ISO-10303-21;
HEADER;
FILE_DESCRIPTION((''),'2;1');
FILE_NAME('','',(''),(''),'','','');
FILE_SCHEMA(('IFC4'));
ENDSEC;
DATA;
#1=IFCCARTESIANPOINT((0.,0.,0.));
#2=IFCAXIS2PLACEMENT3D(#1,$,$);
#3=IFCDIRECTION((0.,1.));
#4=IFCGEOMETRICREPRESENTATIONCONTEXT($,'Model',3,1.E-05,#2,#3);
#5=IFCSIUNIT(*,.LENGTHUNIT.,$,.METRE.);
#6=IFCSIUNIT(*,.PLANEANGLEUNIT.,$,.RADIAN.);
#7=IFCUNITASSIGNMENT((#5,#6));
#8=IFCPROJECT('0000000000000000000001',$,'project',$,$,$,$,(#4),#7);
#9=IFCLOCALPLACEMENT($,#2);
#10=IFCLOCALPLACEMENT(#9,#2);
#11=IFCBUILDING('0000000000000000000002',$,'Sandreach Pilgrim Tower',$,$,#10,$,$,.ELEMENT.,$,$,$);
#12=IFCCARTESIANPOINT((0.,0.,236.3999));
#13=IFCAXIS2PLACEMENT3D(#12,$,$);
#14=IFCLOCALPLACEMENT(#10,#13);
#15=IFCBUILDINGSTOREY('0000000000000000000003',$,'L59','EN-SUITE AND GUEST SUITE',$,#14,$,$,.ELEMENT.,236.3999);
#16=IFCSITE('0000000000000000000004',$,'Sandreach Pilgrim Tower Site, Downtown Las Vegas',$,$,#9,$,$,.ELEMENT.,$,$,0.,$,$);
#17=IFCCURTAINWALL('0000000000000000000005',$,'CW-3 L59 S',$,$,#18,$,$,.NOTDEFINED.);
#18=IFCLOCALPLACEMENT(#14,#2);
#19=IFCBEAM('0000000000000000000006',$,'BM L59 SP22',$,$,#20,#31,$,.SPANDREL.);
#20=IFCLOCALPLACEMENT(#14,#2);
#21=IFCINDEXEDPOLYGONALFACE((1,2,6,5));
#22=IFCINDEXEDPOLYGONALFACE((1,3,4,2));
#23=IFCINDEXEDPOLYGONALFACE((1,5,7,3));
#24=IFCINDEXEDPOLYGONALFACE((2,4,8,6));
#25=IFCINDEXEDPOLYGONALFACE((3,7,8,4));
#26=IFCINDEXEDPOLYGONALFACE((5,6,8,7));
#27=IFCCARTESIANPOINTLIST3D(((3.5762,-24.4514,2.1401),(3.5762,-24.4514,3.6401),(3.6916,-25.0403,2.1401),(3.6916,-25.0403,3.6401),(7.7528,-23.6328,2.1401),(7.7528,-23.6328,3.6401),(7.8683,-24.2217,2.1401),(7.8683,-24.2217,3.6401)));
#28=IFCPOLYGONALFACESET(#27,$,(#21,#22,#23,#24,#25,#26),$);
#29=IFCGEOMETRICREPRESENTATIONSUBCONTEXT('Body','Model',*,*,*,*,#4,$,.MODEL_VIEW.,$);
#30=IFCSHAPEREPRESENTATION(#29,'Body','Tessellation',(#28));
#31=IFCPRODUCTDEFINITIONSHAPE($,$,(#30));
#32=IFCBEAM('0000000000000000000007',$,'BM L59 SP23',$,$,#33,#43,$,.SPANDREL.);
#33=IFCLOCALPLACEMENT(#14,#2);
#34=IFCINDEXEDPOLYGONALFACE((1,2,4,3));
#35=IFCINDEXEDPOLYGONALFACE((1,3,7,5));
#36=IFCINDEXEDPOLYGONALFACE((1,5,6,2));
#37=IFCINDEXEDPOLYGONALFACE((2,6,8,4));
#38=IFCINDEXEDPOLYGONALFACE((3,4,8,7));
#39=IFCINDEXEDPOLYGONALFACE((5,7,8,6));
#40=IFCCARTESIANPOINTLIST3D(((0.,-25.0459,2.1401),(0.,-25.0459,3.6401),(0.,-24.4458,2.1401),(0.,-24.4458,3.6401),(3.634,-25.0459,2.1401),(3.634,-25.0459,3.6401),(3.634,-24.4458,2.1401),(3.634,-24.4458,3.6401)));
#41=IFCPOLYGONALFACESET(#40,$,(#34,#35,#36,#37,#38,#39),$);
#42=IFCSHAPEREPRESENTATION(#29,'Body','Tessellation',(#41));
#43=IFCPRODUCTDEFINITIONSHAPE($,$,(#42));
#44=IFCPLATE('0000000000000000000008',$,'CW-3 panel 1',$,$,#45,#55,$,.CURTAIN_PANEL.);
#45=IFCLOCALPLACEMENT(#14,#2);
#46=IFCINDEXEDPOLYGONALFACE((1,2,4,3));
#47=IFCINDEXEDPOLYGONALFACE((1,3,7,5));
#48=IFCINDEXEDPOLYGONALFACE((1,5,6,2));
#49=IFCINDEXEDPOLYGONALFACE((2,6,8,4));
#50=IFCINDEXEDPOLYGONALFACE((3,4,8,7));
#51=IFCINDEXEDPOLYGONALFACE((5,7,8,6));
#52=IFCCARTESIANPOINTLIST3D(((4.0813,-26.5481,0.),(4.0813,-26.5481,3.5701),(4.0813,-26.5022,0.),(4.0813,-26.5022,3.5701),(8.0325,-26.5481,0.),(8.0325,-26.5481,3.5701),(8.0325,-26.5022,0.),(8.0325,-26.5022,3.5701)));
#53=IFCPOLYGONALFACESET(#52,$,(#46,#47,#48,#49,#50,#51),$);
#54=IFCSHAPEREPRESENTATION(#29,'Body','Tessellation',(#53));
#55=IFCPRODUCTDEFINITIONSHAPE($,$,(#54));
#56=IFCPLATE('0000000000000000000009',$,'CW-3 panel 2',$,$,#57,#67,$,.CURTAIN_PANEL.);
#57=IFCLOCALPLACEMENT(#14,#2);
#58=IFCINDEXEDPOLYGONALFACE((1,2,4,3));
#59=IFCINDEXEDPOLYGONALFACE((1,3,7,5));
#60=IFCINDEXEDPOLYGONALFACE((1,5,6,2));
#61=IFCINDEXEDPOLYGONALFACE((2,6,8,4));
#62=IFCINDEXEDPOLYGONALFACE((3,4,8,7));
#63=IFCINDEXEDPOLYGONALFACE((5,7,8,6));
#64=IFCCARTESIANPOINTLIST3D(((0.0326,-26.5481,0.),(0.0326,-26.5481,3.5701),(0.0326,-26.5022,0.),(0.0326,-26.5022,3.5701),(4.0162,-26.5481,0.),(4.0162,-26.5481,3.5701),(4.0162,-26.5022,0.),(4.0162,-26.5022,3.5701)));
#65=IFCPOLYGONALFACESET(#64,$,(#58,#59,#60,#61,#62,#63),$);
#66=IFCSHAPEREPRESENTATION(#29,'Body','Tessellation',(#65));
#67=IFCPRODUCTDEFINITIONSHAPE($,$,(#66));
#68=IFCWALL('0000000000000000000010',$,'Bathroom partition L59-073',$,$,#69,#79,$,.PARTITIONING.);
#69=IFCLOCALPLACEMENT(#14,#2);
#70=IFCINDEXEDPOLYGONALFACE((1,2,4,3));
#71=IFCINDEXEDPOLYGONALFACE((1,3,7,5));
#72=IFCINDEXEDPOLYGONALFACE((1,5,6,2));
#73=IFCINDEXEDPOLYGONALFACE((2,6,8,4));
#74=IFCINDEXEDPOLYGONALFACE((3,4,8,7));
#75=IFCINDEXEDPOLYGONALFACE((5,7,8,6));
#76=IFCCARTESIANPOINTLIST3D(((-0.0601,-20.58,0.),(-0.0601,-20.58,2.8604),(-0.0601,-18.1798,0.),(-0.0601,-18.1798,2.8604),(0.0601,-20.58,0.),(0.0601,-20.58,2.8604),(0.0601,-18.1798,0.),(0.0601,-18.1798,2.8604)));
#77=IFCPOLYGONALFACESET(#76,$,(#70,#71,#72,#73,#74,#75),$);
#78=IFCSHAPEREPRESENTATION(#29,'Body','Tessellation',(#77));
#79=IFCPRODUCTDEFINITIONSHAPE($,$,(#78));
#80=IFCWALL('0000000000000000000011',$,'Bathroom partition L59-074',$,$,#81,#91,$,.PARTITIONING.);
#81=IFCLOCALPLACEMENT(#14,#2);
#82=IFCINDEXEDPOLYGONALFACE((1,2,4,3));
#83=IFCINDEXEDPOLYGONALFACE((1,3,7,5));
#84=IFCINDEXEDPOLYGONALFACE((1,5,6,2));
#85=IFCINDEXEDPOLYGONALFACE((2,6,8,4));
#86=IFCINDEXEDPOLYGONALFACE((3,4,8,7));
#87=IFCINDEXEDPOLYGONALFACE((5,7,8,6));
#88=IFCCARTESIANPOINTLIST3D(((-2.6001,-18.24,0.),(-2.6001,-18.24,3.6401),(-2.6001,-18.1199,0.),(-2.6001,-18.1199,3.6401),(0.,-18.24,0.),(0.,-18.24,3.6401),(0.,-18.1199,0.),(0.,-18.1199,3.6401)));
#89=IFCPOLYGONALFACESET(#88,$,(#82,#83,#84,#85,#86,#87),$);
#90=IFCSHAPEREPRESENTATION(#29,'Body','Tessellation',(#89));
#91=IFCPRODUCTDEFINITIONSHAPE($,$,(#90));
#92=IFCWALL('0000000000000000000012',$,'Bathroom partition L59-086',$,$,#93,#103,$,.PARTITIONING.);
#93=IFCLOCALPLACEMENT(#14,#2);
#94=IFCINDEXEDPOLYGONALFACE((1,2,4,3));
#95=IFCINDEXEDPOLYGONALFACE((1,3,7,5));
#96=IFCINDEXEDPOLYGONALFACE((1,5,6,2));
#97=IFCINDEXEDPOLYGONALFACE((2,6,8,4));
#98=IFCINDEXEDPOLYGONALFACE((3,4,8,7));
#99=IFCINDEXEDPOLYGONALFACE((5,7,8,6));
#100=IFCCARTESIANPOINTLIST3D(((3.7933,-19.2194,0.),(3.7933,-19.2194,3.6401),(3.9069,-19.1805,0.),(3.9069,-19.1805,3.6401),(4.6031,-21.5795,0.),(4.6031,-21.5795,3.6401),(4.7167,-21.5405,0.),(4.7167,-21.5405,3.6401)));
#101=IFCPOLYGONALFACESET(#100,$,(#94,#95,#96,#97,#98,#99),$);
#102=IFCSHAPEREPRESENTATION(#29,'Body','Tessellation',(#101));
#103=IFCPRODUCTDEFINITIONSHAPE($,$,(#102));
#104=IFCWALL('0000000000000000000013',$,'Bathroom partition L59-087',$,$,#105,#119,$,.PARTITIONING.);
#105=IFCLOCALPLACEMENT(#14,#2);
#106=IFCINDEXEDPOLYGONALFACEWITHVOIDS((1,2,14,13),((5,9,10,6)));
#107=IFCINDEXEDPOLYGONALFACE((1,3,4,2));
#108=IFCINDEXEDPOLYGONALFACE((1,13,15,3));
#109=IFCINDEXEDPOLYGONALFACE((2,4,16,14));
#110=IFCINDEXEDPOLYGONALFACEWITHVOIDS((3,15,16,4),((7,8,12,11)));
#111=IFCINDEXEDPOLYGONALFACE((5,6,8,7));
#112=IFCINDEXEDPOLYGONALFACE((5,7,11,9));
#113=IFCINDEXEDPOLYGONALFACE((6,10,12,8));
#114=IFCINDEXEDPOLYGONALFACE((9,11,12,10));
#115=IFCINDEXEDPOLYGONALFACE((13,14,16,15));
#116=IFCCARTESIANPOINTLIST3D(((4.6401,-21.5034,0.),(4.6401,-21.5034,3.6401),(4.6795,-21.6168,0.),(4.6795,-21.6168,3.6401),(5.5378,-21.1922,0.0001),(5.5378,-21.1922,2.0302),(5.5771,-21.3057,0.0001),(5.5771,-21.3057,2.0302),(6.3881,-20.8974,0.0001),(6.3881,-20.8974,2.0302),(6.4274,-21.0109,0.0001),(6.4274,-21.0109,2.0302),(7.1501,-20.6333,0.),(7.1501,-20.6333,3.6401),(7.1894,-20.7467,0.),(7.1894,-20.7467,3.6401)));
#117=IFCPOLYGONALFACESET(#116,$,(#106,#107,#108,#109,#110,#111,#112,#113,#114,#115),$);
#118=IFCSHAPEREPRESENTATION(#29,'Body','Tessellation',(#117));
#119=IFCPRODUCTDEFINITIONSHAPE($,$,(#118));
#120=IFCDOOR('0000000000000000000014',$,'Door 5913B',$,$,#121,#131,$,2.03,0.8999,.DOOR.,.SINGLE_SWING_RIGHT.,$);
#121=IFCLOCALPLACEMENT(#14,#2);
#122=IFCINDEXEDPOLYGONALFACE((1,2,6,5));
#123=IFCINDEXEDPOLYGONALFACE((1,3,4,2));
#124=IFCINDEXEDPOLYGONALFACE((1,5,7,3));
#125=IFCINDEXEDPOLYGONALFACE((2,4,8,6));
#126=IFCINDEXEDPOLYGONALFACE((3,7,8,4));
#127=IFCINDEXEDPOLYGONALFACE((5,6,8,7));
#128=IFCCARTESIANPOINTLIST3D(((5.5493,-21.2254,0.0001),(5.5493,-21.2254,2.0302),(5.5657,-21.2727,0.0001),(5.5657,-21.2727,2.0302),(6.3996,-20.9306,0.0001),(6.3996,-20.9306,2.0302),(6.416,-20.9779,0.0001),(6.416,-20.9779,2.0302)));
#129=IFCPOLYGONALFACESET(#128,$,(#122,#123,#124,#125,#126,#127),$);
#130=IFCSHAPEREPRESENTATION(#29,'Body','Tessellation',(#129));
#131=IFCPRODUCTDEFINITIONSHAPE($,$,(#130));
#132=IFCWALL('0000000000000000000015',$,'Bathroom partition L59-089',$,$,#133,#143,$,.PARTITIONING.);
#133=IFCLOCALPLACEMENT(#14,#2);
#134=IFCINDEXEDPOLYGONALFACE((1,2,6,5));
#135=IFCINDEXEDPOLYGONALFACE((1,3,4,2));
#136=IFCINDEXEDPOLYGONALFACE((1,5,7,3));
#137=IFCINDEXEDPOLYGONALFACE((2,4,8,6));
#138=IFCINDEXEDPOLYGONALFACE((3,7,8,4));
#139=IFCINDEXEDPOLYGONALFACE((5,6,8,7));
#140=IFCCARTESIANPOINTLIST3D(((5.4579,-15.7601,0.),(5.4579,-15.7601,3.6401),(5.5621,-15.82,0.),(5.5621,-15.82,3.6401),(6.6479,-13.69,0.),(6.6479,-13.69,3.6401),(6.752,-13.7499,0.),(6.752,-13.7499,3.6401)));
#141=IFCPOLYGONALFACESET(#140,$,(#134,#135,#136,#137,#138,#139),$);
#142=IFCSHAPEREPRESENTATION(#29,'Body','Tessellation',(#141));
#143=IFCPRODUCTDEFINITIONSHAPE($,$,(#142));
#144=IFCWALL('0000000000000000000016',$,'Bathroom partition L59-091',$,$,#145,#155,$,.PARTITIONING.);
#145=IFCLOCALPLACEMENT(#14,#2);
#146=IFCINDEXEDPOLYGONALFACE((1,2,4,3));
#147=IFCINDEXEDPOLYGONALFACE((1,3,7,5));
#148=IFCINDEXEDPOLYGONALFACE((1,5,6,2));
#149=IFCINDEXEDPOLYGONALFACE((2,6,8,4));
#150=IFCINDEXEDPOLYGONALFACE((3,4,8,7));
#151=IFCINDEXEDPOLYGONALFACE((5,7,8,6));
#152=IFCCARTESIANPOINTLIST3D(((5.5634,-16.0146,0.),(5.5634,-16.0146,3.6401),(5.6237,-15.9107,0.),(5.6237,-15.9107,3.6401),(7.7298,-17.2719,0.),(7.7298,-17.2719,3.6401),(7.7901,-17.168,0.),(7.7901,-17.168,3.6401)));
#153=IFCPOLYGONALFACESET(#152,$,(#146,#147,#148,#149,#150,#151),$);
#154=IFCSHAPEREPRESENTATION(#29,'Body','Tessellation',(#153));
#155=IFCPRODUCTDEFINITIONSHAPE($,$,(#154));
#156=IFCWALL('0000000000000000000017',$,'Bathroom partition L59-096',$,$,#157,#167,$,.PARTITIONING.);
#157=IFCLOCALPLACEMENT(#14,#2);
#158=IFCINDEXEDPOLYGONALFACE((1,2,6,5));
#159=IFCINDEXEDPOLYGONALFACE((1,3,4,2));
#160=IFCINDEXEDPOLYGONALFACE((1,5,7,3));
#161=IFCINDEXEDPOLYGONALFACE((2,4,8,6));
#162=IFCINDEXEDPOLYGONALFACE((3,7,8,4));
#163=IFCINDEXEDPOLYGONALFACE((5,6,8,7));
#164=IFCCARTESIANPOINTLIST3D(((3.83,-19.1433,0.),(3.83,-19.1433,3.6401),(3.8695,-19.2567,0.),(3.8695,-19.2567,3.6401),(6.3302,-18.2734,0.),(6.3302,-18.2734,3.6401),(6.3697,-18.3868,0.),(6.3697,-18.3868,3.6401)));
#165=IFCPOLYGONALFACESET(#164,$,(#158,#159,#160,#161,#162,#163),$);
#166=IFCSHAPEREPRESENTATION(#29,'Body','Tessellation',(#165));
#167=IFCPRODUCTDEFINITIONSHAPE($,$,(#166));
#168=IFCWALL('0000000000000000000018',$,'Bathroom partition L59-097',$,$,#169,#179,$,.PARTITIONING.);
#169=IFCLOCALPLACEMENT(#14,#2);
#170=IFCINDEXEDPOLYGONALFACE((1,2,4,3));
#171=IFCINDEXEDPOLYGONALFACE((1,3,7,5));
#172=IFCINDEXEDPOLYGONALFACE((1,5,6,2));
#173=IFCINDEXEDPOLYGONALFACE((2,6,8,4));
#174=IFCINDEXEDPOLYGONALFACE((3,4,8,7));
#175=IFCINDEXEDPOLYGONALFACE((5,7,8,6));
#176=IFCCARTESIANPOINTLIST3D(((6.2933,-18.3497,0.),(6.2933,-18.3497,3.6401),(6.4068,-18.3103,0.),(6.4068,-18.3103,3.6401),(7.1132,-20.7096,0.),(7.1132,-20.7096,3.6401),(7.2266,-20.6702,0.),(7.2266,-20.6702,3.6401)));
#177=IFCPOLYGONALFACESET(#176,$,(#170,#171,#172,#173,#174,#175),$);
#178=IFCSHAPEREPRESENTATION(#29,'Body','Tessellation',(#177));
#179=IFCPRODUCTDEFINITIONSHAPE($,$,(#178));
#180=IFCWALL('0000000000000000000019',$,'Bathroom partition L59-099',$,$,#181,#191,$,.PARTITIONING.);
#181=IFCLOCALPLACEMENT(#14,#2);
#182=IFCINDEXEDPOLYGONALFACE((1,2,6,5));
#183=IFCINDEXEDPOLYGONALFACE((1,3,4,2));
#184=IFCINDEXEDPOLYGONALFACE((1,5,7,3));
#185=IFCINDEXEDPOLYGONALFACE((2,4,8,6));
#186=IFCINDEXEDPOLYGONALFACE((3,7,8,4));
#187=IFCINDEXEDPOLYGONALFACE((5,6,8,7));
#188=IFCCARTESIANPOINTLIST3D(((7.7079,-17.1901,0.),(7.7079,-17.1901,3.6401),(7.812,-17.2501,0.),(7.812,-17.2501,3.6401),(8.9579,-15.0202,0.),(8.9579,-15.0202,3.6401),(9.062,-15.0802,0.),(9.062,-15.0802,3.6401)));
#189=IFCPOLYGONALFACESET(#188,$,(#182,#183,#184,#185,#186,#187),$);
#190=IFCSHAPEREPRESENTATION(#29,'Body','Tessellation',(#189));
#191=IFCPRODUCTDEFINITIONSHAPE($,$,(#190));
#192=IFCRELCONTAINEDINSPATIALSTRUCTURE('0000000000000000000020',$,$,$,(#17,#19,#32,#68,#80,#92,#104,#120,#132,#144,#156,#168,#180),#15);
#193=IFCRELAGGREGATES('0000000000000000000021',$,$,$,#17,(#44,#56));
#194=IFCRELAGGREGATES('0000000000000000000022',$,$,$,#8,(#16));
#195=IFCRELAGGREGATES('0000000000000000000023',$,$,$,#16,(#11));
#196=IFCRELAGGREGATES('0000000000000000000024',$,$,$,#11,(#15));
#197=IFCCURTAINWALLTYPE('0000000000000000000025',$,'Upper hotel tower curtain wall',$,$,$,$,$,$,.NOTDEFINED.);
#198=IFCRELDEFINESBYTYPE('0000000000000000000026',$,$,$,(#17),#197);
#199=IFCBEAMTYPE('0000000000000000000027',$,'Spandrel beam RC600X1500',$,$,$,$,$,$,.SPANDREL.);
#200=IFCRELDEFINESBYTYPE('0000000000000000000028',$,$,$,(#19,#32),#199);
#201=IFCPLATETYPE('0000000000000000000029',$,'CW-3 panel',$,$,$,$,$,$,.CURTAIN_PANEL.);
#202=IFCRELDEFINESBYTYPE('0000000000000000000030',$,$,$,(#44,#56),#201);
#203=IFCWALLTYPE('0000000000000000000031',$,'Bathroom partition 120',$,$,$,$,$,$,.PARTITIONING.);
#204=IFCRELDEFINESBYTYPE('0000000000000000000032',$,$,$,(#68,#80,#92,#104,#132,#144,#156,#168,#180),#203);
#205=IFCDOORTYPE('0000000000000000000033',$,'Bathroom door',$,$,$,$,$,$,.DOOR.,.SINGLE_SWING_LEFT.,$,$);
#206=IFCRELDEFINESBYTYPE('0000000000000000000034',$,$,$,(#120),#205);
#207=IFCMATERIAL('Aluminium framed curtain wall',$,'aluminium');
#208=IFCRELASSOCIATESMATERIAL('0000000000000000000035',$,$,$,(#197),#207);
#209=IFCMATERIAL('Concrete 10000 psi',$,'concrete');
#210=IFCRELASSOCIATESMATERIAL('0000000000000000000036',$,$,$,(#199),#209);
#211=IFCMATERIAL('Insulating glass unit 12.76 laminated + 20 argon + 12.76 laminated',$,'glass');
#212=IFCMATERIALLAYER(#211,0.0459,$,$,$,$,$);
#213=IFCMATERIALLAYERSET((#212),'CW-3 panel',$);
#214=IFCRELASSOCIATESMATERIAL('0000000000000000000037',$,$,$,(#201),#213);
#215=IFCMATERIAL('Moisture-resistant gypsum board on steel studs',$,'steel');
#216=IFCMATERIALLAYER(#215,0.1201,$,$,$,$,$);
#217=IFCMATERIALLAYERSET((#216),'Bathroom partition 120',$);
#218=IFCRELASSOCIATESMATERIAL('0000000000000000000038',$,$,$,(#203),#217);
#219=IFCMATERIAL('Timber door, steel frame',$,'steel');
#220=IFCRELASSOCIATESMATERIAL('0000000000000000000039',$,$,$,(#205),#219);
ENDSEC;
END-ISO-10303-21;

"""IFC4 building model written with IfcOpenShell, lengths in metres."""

from ifc_helpers import new_model, si_unit, direction, frame, frame_2d, origin, origin_2d, place, context, subcontext, project, spatial, rectangle, extrude, material, layer, layer_set, material_profile, profile_set, type_object, element, fill, aggregate, save


model = new_model("IFC4")

# Units and contexts
model_context = context("Model", 3, precision=1e-05, world=origin(), true_north=direction((0.0, 1.0)))
body_context = subcontext(model_context, "Body", "Model", "MODEL_VIEW")
ifc_project = project(units=[si_unit("LENGTHUNIT", "METRE"), si_unit("PLANEANGLEUNIT", "RADIAN")], contexts=[model_context])

# Site, building, storey
site_placement = place(None, origin())
site = spatial("IfcSite", under=ifc_project, at=site_placement, Name="Sandreach Pilgrim Tower Site, Downtown Las Vegas", CompositionType="ELEMENT", RefElevation=0.0)
building_placement = place(site_placement, origin())
building = spatial("IfcBuilding", under=site, at=building_placement, Name="Sandreach Pilgrim Tower", CompositionType="ELEMENT")
storey_placement = place(building_placement, frame((0.0, 0.0, 236.3999)))
storey = spatial("IfcBuildingStorey", under=building, at=storey_placement, Name="L59", Description="EN-SUITE AND GUEST SUITE", CompositionType="ELEMENT", Elevation=236.3999)

# Curtain wall
ifc_material_1 = material(Name="Aluminium framed curtain wall", Category="aluminium")
curtain_wall_type = type_object("IfcCurtainWallType", Name="Upper hotel tower curtain wall", PredefinedType="NOTDEFINED", material=ifc_material_1)
curtain_wall_placement = place(storey_placement, origin())
curtain_wall = element("IfcCurtainWall", 1, at=curtain_wall_placement, inside=storey, type_object=curtain_wall_type, Name="CW-3 L59 S", PredefinedType="NOTDEFINED")

# Beams
ifc_material_2 = material(Name="Concrete 10000 psi", Category="concrete")
ifc_material_profile_1 = material_profile(ifc_material_2, rectangle(XDim=0.6001, YDim=1.5, at=origin_2d()), Name="RC600X1500")
ifc_profile_set_1 = profile_set([ifc_material_profile_1], Name="Concrete 10000 psi")
beam_type_1 = type_object("IfcBeamType", Name="Spandrel beam RC600X1500", PredefinedType="SPANDREL", material=ifc_profile_set_1)
beam_1_placement = place(storey_placement, frame((7.8105, -23.9272, 2.8901), z_axis=(-0.981328, -0.192342, 0.0), x_axis=(0.192342, -0.981328, 0.0)))
element("IfcBeam", 2, at=beam_1_placement, inside=storey, type_object=beam_type_1, Name="BM L59 SP22", PredefinedType="SPANDREL", context=body_context, shape_type="SweptSolid", body=[
    extrude(rectangle(XDim=0.6001, YDim=1.5, at=origin_2d()), origin(), (0.0, 0.0, 1.0), 4.2561),
])
beam_2_placement = place(storey_placement, frame((3.634, -24.7458, 2.8901), z_axis=(-1.0, 0.0, 0.0), x_axis=(0.0, -1.0, 0.0)))
element("IfcBeam", 3, at=beam_2_placement, inside=storey, type_object=beam_type_1, Name="BM L59 SP23", PredefinedType="SPANDREL", context=body_context, shape_type="SweptSolid", body=[
    extrude(rectangle(XDim=0.6001, YDim=1.5, at=origin_2d()), origin(), (0.0, 0.0, 1.0), 3.634),
])

# Plates
ifc_material_3 = material(Name="Insulating glass unit 12.76 laminated + 20 argon + 12.76 laminated", Category="glass")
ifc_layer_1 = layer(ifc_material_3, 0.0459)
ifc_layer_set_1 = layer_set([ifc_layer_1], Name="CW-3 panel")
plate_type = type_object("IfcPlateType", Name="CW-3 panel", PredefinedType="CURTAIN_PANEL", material=ifc_layer_set_1)
plate_1_placement = place(storey_placement, frame((6.0569, -26.5251, 0.0), z_axis=(0.0, 0.0, 1.0), x_axis=(-1.0, 0.0, 0.0)))
plate_1 = element("IfcPlate", 4, at=plate_1_placement, type_object=plate_type, Name="CW-3 panel 1", PredefinedType="CURTAIN_PANEL", context=body_context, shape_type="SweptSolid", body=[
    extrude(rectangle(XDim=3.9512, YDim=0.0459, at=origin_2d()), origin(), (0.0, 0.0, 1.0), 3.5701),
])
plate_2_placement = place(storey_placement, frame((2.0244, -26.5251, 0.0), z_axis=(0.0, 0.0, 1.0), x_axis=(-1.0, 0.0, 0.0)))
plate_2 = element("IfcPlate", 5, at=plate_2_placement, type_object=plate_type, Name="CW-3 panel 2", PredefinedType="CURTAIN_PANEL", context=body_context, shape_type="SweptSolid", body=[
    extrude(rectangle(XDim=3.9836, YDim=0.0459, at=origin_2d()), origin(), (0.0, 0.0, 1.0), 3.5701),
])
aggregate(curtain_wall, [plate_1, plate_2])

# Walls
ifc_material_4 = material(Name="Moisture-resistant gypsum board on steel studs", Category="steel")
ifc_layer_2 = layer(ifc_material_4, 0.1201)
ifc_layer_set_2 = layer_set([ifc_layer_2], Name="Bathroom partition 120")
wall_type_1 = type_object("IfcWallType", Name="Bathroom partition 120", PredefinedType="PARTITIONING", material=ifc_layer_set_2)
wall_1_placement = place(storey_placement, frame((0.0, -20.5801, 0.0), z_axis=(0.0, 0.0, 1.0), x_axis=(0.0, 1.0, 0.0)))
element("IfcWall", 6, at=wall_1_placement, inside=storey, type_object=wall_type_1, Name="Bathroom partition L59-073", PredefinedType="PARTITIONING", context=body_context, shape_type="SweptSolid", body=[
    extrude(rectangle(XDim=2.4001, YDim=0.1201, at=frame_2d((1.2002, 0.0))), origin(), (0.0, 0.0, 1.0), 2.8604),
])
wall_2_placement = place(storey_placement, frame((0.0, -18.1799, 0.0), z_axis=(0.0, 0.0, 1.0), x_axis=(-1.0, 0.0, 0.0)))
element("IfcWall", 7, at=wall_2_placement, inside=storey, type_object=wall_type_1, Name="Bathroom partition L59-074", PredefinedType="PARTITIONING", context=body_context, shape_type="SweptSolid", body=[
    extrude(rectangle(XDim=2.6001, YDim=0.1201, at=frame_2d((1.3, 0.0))), origin(), (0.0, 0.0, 1.0), 3.6401),
])
wall_3_placement = place(storey_placement, frame((3.8501, -19.2, 0.0), z_axis=(0.0, 0.0, 1.0), x_axis=(0.324552, -0.945868, 0.0)))
element("IfcWall", 8, at=wall_3_placement, inside=storey, type_object=wall_type_1, Name="Bathroom partition L59-086", PredefinedType="PARTITIONING", context=body_context, shape_type="SweptSolid", body=[
    extrude(rectangle(XDim=2.4951, YDim=0.1201, at=frame_2d((1.2476, 0.0))), origin(), (0.0, 0.0, 1.0), 3.6401),
])

# Wall, opening, door
wall_4_placement = place(storey_placement, frame((4.6599, -21.5601, 0.0), z_axis=(0.0, 0.0, 1.0), x_axis=(0.944838, 0.327537, 0.0)))
wall_4 = element("IfcWall", 9, at=wall_4_placement, inside=storey, type_object=wall_type_1, Name="Bathroom partition L59-087", PredefinedType="PARTITIONING", context=body_context, shape_type="SweptSolid", body=[
    extrude(rectangle(XDim=2.6565, YDim=0.1201, at=frame_2d((1.3281, 0.0))), origin(), (0.0, 0.0, 1.0), 3.6401),
])
opening_1_placement = place(wall_4_placement, frame((0.95, 0.0, 0.0)))
opening_1 = element("IfcOpeningElement", 10, at=opening_1_placement, cuts=wall_4, PredefinedType="OPENING", context=body_context, shape_type="SweptSolid", body=[
    extrude(rectangle(XDim=0.8999, YDim=2.03, at=frame_2d((0.45, 1.0151))), frame((0.0, 0.0601, 0.0), z_axis=(0.0, -1.0, 0.0), x_axis=(1.0, 0.0, 0.0)), (0.0, 0.0, 1.0), 0.1201),
])
ifc_material_5 = material(Name="Timber door, steel frame", Category="steel")
door_type_1 = type_object("IfcDoorType", Name="Bathroom door", OperationType="SINGLE_SWING_LEFT", PredefinedType="DOOR", material=ifc_material_5)
door_1_placement = place(opening_1_placement, origin())
door_1 = element("IfcDoor", 11, at=door_1_placement, inside=storey, type_object=door_type_1, Name="Door 5913B", OperationType="SINGLE_SWING_RIGHT", OverallHeight=2.03, OverallWidth=0.8999, PredefinedType="DOOR", context=body_context, shape_type="SweptSolid", body=[
    extrude(rectangle(XDim=0.8999, YDim=2.03, at=frame_2d((0.45, 1.0151))), frame((0.0, 0.0249, 0.0), z_axis=(0.0, -1.0, 0.0), x_axis=(1.0, 0.0, 0.0)), (0.0, 0.0, 1.0), 0.05),
])
fill(opening_1, door_1)

# Walls
wall_5_placement = place(storey_placement, frame((5.51, -15.79, 0.0), z_axis=(0.0, 0.0, 1.0), x_axis=(0.498362, 0.866969, 0.0)))
element("IfcWall", 12, at=wall_5_placement, inside=storey, type_object=wall_type_1, Name="Bathroom partition L59-089", PredefinedType="PARTITIONING", context=body_context, shape_type="SweptSolid", body=[
    extrude(rectangle(XDim=2.3877, YDim=0.1201, at=frame_2d((1.1938, 0.0))), origin(), (0.0, 0.0, 1.0), 3.6401),
])
wall_6_placement = place(storey_placement, frame((5.5935, -15.9626, 0.0), z_axis=(0.0, 0.0, 1.0), x_axis=(0.864901, -0.501943, 0.0)))
element("IfcWall", 13, at=wall_6_placement, inside=storey, type_object=wall_type_1, Name="Bathroom partition L59-091", PredefinedType="PARTITIONING", context=body_context, shape_type="SweptSolid", body=[
    extrude(rectangle(XDim=2.5049, YDim=0.1201, at=frame_2d((1.2524, 0.0))), origin(), (0.0, 0.0, 1.0), 3.6401),
])
wall_7_placement = place(storey_placement, frame((6.3501, -18.3301, 0.0), z_axis=(0.0, 0.0, 1.0), x_axis=(-0.944471, -0.328596, 0.0)))
element("IfcWall", 14, at=wall_7_placement, inside=storey, type_object=wall_type_1, Name="Bathroom partition L59-096", PredefinedType="PARTITIONING", context=body_context, shape_type="SweptSolid", body=[
    extrude(rectangle(XDim=2.6472, YDim=0.1201, at=frame_2d((1.3237, 0.0))), origin(), (0.0, 0.0, 1.0), 3.6401),
])
wall_8_placement = place(storey_placement, frame((6.3501, -18.3301, 0.0), z_axis=(0.0, 0.0, 1.0), x_axis=(0.328164, -0.944621, 0.0)))
element("IfcWall", 15, at=wall_8_placement, inside=storey, type_object=wall_type_1, Name="Bathroom partition L59-097", PredefinedType="PARTITIONING", context=body_context, shape_type="SweptSolid", body=[
    extrude(rectangle(XDim=2.4983, YDim=0.1201, at=frame_2d((1.249, 0.0))), origin(), (0.0, 0.0, 1.0), 3.6401),
])
wall_9_placement = place(storey_placement, frame((7.76, -17.22, 0.0), z_axis=(0.0, 0.0, 1.0), x_axis=(0.49916, 0.86651, 0.0)))
element("IfcWall", 16, at=wall_9_placement, inside=storey, type_object=wall_type_1, Name="Bathroom partition L59-099", PredefinedType="PARTITIONING", context=body_context, shape_type="SweptSolid", body=[
    extrude(rectangle(XDim=2.5042, YDim=0.1201, at=frame_2d((1.252, 0.0))), origin(), (0.0, 0.0, 1.0), 3.6401),
])

save(model, "model.ifc")
